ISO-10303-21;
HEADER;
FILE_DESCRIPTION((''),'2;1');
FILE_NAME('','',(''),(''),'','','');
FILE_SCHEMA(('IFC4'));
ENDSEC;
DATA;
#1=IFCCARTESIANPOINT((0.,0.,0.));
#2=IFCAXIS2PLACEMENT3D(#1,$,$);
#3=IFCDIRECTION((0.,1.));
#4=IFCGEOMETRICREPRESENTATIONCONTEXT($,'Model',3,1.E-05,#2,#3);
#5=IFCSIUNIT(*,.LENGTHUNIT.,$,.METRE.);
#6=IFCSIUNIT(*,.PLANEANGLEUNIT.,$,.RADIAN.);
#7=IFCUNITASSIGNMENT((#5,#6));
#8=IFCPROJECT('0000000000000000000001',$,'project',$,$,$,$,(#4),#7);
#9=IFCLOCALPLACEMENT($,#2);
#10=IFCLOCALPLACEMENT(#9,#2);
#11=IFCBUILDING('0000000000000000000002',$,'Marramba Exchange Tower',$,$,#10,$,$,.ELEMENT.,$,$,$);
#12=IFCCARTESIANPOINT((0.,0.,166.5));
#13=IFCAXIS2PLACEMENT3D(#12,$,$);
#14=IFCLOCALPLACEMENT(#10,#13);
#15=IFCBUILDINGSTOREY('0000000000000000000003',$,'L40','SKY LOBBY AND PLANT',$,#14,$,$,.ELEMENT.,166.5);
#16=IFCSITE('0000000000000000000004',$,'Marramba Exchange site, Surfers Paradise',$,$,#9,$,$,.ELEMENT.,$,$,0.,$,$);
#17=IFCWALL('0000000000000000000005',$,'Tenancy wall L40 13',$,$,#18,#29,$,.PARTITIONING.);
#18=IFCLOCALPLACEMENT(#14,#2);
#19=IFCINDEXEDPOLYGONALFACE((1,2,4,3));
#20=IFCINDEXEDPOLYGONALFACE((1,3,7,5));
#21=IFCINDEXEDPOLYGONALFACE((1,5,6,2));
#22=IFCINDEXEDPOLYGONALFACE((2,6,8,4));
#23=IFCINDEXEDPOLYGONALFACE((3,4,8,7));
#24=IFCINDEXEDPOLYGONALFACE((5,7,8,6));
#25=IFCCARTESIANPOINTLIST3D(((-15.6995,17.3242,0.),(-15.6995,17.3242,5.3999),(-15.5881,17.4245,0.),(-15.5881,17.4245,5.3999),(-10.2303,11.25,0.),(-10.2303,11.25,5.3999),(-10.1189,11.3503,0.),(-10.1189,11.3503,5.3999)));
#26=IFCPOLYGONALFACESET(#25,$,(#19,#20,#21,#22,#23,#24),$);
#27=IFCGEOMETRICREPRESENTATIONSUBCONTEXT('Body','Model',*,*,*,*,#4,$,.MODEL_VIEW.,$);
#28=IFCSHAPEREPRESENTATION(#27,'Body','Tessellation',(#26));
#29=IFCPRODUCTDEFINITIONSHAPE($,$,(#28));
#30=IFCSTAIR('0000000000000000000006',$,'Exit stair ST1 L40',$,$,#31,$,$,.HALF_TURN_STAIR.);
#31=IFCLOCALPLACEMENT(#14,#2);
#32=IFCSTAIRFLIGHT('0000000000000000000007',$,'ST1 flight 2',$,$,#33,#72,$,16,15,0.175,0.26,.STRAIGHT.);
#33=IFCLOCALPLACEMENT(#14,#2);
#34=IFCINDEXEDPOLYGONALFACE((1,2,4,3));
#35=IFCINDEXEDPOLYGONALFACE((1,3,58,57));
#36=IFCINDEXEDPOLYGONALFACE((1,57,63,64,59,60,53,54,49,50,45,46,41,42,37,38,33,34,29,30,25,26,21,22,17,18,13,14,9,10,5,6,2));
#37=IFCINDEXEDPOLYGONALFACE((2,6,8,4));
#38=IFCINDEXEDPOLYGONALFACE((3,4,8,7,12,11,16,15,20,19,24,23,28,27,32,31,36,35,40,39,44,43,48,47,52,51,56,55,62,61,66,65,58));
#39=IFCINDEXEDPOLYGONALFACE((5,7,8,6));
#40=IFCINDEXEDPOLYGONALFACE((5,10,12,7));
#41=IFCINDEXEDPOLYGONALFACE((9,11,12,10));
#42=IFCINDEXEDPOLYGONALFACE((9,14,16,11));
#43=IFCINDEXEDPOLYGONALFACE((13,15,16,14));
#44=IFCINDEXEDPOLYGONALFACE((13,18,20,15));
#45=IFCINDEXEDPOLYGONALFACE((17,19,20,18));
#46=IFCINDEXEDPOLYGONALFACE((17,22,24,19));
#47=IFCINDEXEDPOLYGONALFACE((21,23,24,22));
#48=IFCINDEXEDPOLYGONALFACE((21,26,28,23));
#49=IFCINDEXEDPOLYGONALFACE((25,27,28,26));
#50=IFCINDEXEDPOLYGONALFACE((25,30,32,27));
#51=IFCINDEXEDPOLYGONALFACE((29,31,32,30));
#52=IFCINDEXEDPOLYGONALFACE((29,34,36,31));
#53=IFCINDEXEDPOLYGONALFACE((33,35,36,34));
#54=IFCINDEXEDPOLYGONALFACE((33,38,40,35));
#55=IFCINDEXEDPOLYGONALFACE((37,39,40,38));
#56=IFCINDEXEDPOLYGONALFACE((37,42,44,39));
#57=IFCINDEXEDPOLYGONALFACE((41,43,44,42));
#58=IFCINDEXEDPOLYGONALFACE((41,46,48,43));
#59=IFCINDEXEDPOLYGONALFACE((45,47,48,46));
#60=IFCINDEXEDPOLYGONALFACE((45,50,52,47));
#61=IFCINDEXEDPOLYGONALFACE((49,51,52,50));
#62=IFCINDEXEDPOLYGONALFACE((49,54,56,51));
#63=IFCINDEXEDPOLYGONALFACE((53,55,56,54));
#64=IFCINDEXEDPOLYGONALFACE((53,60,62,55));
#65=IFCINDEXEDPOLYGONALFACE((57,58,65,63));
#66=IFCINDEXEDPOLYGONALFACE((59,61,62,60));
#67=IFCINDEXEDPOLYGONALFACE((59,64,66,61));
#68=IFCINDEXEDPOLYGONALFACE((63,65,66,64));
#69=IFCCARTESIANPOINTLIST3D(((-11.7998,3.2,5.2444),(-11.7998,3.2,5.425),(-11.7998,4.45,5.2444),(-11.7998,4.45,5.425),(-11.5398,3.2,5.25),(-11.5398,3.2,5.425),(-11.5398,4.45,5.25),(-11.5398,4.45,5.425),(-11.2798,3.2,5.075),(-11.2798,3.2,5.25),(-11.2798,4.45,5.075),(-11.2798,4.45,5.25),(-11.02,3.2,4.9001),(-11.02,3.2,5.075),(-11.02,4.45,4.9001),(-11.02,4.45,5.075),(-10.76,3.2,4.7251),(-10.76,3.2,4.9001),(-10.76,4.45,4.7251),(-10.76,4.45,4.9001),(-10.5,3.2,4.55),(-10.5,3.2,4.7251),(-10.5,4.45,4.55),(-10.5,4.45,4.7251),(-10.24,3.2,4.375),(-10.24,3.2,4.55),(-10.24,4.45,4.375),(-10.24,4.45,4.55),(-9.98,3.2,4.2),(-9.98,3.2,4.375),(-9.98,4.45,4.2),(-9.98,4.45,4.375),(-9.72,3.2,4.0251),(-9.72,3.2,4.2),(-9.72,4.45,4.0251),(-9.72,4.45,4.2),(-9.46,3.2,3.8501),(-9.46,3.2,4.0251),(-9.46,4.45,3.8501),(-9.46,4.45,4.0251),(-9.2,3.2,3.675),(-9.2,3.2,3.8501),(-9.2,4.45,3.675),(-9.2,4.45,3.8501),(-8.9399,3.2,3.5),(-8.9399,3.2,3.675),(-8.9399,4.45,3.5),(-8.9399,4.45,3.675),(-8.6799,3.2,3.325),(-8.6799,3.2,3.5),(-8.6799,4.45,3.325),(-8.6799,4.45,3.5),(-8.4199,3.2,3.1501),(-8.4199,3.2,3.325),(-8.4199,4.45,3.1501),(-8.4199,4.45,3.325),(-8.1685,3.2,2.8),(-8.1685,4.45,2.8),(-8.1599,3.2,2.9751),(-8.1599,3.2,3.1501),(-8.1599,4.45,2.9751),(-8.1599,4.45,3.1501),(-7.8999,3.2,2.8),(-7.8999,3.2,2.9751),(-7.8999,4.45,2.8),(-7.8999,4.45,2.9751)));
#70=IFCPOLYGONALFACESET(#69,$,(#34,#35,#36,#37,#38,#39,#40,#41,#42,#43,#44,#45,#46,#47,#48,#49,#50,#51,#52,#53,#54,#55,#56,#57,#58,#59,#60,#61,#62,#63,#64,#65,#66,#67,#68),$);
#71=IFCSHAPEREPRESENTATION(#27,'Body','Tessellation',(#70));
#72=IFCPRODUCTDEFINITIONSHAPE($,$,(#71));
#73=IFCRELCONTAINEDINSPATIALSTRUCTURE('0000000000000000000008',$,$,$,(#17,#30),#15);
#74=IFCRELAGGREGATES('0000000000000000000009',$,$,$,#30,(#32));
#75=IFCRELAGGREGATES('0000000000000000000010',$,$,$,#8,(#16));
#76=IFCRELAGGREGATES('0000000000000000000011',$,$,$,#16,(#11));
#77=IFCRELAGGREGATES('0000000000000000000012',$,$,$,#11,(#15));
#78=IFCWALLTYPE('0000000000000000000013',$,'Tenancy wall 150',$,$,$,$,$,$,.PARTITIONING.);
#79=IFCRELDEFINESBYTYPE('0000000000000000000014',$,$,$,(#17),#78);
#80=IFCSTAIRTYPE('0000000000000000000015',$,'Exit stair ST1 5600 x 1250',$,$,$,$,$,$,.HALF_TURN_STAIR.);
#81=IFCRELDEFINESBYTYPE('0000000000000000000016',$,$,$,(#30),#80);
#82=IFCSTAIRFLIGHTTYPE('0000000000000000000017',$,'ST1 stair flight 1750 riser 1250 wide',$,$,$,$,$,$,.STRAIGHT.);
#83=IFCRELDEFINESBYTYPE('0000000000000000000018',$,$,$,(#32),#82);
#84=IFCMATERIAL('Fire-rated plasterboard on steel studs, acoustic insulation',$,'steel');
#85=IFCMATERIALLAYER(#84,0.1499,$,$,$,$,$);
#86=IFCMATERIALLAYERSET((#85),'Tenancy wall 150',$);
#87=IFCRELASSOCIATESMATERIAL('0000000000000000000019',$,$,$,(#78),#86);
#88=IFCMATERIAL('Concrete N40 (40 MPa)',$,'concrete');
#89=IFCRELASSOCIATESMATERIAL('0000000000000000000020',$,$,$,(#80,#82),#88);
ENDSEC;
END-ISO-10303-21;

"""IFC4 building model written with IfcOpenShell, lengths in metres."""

from ifc_helpers import new_model, si_unit, direction, frame, frame_2d, origin, place, context, subcontext, project, spatial, polyline, rectangle, outline, extrude, material, layer, layer_set, type_object, element, aggregate, save


model = new_model("IFC4")

# Units and contexts
model_context = context("Model", 3, precision=1e-05, world=origin(), true_north=direction((0.0, 1.0)))
body_context = subcontext(model_context, "Body", "Model", "MODEL_VIEW")
ifc_project = project(units=[si_unit("LENGTHUNIT", "METRE"), si_unit("PLANEANGLEUNIT", "RADIAN")], contexts=[model_context])

# Site, building, storey
site_placement = place(None, origin())
site = spatial("IfcSite", under=ifc_project, at=site_placement, Name="Marramba Exchange site, Surfers Paradise", CompositionType="ELEMENT", RefElevation=0.0)
building_placement = place(site_placement, origin())
building = spatial("IfcBuilding", under=site, at=building_placement, Name="Marramba Exchange Tower", CompositionType="ELEMENT")
storey_placement = place(building_placement, frame((0.0, 0.0, 166.5)))
storey = spatial("IfcBuildingStorey", under=building, at=storey_placement, Name="L40", Description="SKY LOBBY AND PLANT", CompositionType="ELEMENT", Elevation=166.5)

# Wall
ifc_material_1 = material(Name="Fire-rated plasterboard on steel studs, acoustic insulation", Category="steel")
ifc_layer_1 = layer(ifc_material_1, 0.1499)
ifc_layer_set_1 = layer_set([ifc_layer_1], Name="Tenancy wall 150")
wall_type_1 = type_object("IfcWallType", Name="Tenancy wall 150", PredefinedType="PARTITIONING", material=ifc_layer_set_1)
wall_1_placement = place(storey_placement, frame((-10.1746, 11.3, 0.0), z_axis=(0.0, 0.0, 1.0), x_axis=(-0.66913, 0.743146, 0.0)))
element("IfcWall", 1, at=wall_1_placement, inside=storey, type_object=wall_type_1, Name="Tenancy wall L40 13", PredefinedType="PARTITIONING", context=body_context, shape_type="SweptSolid", body=[
    extrude(rectangle(XDim=8.1736, YDim=0.1499, at=frame_2d((4.0869, 0.0))), origin(), (0.0, 0.0, 1.0), 5.3999),
])

# Stair, stair flight
ifc_material_2 = material(Name="Concrete N40 (40 MPa)", Category="concrete")
stair_type = type_object("IfcStairType", Name="Exit stair ST1 5600 x 1250", PredefinedType="HALF_TURN_STAIR", material=ifc_material_2)
stair_placement = place(storey_placement, origin())
stair = element("IfcStair", 2, at=stair_placement, inside=storey, type_object=stair_type, Name="Exit stair ST1 L40", PredefinedType="HALF_TURN_STAIR")
stair_flight_type = type_object("IfcStairFlightType", Name="ST1 stair flight 1750 riser 1250 wide", PredefinedType="STRAIGHT", material=ifc_material_2)
stair_flight_placement = place(storey_placement, frame((-7.8999, 3.825, 2.8), z_axis=(0.0, 0.0, 1.0), x_axis=(-1.0, 0.0, 0.0)))
stair_flight = element("IfcStairFlight", 3, at=stair_flight_placement, type_object=stair_flight_type, Name="ST1 flight 2", NumberOfRisers=16, NumberOfTreads=15, PredefinedType="STRAIGHT", RiserHeight=0.175, TreadLength=0.26, context=body_context, shape_type="SweptSolid", body=[
    extrude(outline(polyline([(0.0, 0.0), (0.0, 0.175), (0.26, 0.175), (0.26, 0.3501), (0.52, 0.3501), (0.52, 0.5249), (0.78, 0.5249), (0.78, 0.7), (1.04, 0.7), (1.04, 0.875), (1.3, 0.875), (1.3, 1.05), (1.5601, 1.05), (1.5601, 1.2251), (1.8201, 1.2251), (1.8201, 1.3999), (2.0801, 1.3999), (2.0801, 1.575), (2.3401, 1.575), (2.3401, 1.75), (2.6001, 1.75), (2.6001, 1.925), (2.8601, 1.925), (2.8601, 2.1001), (3.1201, 2.1001), (3.1201, 2.2749), (3.3799, 2.2749), (3.3799, 2.45), (3.6399, 2.45), (3.6399, 2.625), (3.8999, 2.625), (3.8999, 2.8), (3.8999, 2.4443), (0.2686, 0.0), (0.0, 0.0)])), frame((0.0, 0.625, 0.0), z_axis=(0.0, -1.0, 0.0), x_axis=(1.0, 0.0, 0.0)), (0.0, 0.0, 1.0), 1.25),
])
aggregate(stair, [stair_flight])

save(model, "model.ifc")
